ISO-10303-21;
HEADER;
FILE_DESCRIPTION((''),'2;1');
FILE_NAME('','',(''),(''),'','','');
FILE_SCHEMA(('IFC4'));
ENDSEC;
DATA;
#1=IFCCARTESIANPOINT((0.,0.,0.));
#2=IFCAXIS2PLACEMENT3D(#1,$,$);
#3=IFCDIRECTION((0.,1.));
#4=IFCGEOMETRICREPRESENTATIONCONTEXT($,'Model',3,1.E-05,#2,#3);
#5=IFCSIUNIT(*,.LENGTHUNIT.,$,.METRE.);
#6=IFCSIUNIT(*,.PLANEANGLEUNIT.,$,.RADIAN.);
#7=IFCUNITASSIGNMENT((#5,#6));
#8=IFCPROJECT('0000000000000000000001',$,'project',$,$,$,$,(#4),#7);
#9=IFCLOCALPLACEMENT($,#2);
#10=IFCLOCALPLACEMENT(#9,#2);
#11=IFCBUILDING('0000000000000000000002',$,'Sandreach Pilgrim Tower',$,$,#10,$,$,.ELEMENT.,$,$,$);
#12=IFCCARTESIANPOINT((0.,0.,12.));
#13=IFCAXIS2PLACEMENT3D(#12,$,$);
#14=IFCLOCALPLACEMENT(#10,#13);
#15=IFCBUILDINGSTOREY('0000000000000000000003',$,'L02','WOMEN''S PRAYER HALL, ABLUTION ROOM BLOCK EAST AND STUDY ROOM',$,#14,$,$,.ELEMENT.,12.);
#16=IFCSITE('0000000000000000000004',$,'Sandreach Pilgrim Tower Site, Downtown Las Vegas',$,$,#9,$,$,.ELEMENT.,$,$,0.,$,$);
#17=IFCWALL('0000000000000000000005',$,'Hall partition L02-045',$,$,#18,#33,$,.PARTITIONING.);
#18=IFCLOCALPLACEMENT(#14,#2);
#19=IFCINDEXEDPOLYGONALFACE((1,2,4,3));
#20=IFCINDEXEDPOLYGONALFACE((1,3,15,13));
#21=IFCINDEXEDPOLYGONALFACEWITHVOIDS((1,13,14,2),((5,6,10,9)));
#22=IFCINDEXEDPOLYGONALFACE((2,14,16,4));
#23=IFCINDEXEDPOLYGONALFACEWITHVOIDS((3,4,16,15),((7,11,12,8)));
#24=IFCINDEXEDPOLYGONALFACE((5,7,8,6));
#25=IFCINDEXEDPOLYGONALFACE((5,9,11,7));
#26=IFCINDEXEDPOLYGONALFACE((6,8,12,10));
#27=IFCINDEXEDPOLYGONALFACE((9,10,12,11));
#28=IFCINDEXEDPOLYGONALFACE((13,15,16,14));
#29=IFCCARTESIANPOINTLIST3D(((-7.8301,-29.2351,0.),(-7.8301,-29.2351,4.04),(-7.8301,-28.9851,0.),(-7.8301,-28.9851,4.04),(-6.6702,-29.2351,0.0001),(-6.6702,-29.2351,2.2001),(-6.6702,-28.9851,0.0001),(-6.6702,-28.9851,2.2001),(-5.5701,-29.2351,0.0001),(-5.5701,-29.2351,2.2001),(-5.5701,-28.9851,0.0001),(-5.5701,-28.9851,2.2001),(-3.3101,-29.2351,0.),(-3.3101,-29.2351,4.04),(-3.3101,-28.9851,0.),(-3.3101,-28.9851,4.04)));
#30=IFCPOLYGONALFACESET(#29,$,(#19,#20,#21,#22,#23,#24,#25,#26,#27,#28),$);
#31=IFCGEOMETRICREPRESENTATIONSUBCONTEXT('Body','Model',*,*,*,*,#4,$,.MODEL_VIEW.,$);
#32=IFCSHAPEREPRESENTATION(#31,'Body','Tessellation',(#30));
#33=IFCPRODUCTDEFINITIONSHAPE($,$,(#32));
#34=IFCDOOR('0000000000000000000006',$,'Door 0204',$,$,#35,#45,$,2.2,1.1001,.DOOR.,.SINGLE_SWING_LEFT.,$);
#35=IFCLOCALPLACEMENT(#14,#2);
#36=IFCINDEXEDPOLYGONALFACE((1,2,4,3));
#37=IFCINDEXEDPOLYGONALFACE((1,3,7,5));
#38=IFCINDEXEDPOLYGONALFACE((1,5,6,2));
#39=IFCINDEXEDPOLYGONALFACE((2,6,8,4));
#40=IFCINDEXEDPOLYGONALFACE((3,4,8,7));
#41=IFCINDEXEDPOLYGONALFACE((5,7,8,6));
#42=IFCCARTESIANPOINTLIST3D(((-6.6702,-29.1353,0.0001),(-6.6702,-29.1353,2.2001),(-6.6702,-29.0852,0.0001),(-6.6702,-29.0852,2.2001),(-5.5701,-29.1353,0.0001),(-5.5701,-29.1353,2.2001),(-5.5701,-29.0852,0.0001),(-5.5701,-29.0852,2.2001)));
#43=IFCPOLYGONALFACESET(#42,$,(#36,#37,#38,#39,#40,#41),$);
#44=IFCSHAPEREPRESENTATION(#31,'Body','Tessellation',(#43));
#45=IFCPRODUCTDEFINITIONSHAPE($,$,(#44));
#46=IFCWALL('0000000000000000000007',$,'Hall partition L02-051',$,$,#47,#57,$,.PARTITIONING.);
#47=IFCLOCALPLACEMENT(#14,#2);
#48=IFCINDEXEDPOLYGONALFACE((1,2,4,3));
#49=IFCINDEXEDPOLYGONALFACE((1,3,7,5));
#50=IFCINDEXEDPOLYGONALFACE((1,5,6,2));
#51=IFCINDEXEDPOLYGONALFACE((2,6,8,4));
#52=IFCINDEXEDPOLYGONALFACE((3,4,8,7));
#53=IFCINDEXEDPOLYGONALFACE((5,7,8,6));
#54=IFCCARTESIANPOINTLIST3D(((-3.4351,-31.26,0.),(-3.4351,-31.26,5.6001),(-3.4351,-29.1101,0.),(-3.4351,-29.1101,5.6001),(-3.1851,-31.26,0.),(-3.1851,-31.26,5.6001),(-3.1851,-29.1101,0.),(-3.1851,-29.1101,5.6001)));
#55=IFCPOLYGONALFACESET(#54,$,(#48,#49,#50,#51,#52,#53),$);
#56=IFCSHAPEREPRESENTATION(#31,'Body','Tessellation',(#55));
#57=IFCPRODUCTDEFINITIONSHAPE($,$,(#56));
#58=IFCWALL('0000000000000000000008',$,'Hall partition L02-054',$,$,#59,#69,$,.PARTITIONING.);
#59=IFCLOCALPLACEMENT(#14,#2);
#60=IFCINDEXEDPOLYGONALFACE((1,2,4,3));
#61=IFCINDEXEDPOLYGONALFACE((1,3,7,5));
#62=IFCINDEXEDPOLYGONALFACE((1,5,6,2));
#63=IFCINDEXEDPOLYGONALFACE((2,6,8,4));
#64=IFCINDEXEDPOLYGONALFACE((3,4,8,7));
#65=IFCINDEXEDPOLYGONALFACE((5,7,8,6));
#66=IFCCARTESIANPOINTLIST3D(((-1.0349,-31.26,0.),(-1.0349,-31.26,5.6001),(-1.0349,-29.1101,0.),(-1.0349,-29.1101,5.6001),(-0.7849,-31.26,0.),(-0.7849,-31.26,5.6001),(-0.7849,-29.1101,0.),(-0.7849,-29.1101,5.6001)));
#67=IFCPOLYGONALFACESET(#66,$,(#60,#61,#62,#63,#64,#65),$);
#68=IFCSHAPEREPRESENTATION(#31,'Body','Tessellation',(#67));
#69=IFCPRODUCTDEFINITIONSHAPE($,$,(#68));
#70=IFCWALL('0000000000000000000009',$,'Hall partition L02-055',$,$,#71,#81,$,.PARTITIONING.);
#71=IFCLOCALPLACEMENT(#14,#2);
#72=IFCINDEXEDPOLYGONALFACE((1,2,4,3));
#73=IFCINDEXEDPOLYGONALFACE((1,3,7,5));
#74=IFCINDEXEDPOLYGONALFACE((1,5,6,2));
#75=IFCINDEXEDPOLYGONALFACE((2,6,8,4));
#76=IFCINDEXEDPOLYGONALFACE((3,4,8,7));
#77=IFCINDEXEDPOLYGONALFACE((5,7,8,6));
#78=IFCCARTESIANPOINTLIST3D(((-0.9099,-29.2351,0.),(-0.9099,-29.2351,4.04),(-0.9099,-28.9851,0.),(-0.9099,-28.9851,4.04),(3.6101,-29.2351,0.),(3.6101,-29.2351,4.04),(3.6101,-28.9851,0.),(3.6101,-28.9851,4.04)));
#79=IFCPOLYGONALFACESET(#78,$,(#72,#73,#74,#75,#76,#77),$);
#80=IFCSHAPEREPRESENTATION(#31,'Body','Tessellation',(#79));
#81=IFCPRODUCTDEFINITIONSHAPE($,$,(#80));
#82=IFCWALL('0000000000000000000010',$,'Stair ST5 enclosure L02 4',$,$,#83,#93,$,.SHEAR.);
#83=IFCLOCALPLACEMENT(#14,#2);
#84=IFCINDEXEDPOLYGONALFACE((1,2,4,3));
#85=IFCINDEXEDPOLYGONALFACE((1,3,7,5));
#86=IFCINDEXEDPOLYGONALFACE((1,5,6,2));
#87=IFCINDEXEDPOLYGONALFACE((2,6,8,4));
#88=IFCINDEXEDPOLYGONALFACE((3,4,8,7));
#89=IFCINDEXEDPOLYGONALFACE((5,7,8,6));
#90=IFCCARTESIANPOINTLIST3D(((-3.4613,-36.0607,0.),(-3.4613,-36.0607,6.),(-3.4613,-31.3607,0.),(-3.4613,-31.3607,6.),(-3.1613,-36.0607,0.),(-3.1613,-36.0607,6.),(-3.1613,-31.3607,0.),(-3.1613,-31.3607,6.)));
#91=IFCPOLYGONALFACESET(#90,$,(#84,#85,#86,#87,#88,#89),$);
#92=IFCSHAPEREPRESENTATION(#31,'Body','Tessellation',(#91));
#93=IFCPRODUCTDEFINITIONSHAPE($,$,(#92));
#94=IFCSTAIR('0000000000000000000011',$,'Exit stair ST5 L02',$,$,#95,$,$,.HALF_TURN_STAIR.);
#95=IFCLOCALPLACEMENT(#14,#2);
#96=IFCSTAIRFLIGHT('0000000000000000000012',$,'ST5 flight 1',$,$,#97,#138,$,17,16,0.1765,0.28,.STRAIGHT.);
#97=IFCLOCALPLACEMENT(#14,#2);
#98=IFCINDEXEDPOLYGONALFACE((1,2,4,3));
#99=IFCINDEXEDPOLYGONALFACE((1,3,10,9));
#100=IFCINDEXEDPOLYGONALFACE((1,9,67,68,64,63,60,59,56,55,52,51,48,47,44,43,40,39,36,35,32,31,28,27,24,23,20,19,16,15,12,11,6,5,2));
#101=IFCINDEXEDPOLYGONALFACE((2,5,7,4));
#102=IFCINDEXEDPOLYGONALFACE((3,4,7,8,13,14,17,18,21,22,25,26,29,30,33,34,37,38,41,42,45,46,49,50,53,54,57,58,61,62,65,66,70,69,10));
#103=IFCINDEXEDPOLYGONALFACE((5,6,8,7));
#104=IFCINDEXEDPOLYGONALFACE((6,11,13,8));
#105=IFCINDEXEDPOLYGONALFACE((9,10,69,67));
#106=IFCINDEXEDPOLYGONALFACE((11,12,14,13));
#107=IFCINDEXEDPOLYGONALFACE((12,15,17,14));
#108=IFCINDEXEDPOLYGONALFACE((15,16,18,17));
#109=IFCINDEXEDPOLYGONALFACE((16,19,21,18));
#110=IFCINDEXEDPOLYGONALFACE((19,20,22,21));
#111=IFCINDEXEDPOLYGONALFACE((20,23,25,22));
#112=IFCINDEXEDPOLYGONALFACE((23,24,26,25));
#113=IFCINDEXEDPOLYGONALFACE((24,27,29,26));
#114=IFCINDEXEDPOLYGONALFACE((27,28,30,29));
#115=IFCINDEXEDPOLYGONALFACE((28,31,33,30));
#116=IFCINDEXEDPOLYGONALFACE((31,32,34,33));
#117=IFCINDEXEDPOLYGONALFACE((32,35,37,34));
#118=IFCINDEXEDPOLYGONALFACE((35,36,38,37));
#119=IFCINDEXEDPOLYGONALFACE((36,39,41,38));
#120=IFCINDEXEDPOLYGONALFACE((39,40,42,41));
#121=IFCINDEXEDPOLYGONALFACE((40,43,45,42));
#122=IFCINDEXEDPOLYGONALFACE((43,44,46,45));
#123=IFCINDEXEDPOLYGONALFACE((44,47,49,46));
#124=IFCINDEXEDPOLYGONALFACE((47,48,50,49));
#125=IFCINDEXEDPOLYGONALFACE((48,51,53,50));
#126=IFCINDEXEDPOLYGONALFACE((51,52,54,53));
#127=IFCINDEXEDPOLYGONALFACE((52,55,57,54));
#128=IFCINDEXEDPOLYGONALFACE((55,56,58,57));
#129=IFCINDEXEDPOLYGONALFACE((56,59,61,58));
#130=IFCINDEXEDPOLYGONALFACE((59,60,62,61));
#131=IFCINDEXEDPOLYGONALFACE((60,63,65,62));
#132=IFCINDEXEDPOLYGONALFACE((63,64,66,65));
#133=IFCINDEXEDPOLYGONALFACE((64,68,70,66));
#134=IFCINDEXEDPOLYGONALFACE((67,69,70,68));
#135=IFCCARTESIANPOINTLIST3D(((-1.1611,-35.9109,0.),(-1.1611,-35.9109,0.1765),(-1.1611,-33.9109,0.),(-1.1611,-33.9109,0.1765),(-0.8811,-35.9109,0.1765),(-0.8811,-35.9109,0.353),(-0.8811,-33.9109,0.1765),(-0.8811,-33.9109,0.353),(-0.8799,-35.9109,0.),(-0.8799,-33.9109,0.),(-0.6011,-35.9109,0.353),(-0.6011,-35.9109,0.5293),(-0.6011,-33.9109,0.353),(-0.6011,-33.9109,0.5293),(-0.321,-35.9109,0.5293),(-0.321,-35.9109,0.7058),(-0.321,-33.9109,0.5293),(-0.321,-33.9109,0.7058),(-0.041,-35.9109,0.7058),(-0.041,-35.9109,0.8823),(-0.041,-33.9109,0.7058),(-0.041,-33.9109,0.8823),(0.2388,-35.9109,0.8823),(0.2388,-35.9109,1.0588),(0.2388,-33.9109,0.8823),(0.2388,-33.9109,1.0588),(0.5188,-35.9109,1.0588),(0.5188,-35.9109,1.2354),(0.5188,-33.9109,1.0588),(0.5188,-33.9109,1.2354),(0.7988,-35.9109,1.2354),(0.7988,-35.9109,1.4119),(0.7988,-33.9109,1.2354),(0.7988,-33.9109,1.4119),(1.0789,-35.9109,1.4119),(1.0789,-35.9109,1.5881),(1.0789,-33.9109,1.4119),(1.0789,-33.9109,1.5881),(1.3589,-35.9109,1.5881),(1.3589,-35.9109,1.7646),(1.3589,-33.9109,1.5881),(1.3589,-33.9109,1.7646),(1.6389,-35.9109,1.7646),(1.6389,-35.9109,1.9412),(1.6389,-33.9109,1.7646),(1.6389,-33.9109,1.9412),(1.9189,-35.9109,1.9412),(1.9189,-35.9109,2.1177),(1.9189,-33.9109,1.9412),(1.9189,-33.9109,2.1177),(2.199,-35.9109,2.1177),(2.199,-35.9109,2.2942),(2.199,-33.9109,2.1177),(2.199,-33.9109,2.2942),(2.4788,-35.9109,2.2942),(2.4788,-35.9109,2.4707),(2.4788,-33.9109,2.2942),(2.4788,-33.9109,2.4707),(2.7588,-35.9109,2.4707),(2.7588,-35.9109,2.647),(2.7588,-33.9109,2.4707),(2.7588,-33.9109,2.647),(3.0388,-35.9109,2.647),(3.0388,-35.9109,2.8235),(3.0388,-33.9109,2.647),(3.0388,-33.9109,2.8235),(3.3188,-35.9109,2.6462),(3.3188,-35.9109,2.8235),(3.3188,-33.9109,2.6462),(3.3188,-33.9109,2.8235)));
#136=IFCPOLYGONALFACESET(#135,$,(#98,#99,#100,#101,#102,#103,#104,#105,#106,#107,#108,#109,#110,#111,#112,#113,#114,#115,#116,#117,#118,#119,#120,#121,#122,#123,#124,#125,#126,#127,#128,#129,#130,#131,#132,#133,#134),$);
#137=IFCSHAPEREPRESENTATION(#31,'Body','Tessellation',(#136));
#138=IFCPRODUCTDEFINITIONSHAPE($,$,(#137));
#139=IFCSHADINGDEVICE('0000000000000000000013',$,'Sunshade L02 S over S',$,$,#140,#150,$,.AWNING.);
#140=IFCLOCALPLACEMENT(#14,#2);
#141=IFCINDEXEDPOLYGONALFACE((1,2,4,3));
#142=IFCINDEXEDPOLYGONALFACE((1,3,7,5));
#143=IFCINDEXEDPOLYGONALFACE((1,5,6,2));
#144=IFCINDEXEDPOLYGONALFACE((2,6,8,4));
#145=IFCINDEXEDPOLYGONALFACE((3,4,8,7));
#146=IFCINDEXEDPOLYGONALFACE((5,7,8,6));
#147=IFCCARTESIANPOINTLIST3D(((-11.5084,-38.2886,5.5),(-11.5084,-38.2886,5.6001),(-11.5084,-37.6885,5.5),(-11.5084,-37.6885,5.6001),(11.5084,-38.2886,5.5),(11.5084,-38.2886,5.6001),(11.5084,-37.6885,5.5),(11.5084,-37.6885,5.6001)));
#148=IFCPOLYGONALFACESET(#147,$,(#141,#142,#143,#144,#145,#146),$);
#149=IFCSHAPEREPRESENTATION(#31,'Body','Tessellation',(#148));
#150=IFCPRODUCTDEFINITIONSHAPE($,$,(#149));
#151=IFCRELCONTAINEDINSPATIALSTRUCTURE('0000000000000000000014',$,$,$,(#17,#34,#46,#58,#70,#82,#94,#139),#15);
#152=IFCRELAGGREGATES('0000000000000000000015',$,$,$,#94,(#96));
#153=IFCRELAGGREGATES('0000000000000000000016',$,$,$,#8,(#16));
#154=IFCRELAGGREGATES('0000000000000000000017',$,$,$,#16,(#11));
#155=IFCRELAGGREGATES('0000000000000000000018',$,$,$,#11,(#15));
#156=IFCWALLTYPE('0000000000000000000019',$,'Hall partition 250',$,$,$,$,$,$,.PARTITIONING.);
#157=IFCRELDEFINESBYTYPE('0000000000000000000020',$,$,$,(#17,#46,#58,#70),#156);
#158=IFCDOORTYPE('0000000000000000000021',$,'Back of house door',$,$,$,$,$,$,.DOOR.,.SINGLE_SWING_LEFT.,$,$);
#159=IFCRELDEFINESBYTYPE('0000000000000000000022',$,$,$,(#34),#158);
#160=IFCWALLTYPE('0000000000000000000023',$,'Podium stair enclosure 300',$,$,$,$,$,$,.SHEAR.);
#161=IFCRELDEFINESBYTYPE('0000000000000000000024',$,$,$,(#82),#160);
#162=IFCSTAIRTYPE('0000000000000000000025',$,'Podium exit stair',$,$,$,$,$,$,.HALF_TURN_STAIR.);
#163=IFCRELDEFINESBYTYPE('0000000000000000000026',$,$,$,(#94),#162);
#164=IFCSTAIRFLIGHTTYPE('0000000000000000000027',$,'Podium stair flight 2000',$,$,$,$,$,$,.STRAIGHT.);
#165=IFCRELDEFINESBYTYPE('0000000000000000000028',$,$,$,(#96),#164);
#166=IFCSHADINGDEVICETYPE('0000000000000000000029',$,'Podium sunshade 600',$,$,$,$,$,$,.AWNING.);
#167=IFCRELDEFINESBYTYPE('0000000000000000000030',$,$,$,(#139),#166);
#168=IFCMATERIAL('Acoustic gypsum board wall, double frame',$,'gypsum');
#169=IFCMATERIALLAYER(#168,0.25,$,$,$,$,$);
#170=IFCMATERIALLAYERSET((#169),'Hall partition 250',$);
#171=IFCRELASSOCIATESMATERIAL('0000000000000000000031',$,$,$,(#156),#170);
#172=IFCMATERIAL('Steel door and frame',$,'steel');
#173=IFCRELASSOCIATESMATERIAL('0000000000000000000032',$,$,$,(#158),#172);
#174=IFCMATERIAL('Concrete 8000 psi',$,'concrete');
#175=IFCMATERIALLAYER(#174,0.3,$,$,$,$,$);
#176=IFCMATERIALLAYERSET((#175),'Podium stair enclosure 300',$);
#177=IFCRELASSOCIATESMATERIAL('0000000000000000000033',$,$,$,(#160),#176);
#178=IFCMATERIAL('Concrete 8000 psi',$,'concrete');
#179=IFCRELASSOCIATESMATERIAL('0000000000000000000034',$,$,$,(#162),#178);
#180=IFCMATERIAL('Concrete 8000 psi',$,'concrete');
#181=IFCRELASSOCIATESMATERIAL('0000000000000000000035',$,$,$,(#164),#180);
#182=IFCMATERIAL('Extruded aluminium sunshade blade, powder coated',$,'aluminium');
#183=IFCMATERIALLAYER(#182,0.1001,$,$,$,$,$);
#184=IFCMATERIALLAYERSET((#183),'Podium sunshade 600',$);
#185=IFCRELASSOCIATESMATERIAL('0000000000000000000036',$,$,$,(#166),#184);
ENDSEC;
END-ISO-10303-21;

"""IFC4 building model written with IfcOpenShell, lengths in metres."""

from ifc_helpers import new_model, si_unit, direction, frame, frame_2d, origin, origin_2d, place, context, subcontext, project, spatial, polyline, rectangle, outline, extrude, material, layer, layer_set, type_object, element, fill, aggregate, save


model = new_model("IFC4")

# Units and contexts
model_context = context("Model", 3, precision=1e-05, world=origin(), true_north=direction((0.0, 1.0)))
body_context = subcontext(model_context, "Body", "Model", "MODEL_VIEW")
ifc_project = project(units=[si_unit("LENGTHUNIT", "METRE"), si_unit("PLANEANGLEUNIT", "RADIAN")], contexts=[model_context])

# Site, building, storey
site_placement = place(None, origin())
site = spatial("IfcSite", under=ifc_project, at=site_placement, Name="Sandreach Pilgrim Tower Site, Downtown Las Vegas", CompositionType="ELEMENT", RefElevation=0.0)
building_placement = place(site_placement, origin())
building = spatial("IfcBuilding", under=site, at=building_placement, Name="Sandreach Pilgrim Tower", CompositionType="ELEMENT")
storey_placement = place(building_placement, frame((0.0, 0.0, 12.0)))
storey = spatial("IfcBuildingStorey", under=building, at=storey_placement, Name="L02", Description="WOMEN'S PRAYER HALL, ABLUTION ROOM BLOCK EAST AND STUDY ROOM", CompositionType="ELEMENT", Elevation=12.0)

# Shared definitions
ifc_material_1 = material(Name="Acoustic gypsum board wall, double frame", Category="gypsum")
ifc_layer_1 = layer(ifc_material_1, 0.25)
ifc_layer_set_1 = layer_set([ifc_layer_1], Name="Hall partition 250")
wall_type_1 = type_object("IfcWallType", Name="Hall partition 250", PredefinedType="PARTITIONING", material=ifc_layer_set_1)

# Wall, opening, door
wall_1_placement = place(storey_placement, frame((-7.8301, -29.1101, 0.0), z_axis=(0.0, 0.0, 1.0), x_axis=(1.0, 0.0, 0.0)))
wall_1 = element("IfcWall", 1, at=wall_1_placement, inside=storey, type_object=wall_type_1, Name="Hall partition L02-045", PredefinedType="PARTITIONING", context=body_context, shape_type="SweptSolid", body=[
    extrude(rectangle(XDim=4.52, YDim=0.25, at=frame_2d((2.26, 0.0))), origin(), (0.0, 0.0, 1.0), 4.04),
])
opening_1_placement = place(wall_1_placement, frame((1.1599, 0.0, 0.0)))
opening_1 = element("IfcOpeningElement", 2, at=opening_1_placement, cuts=wall_1, PredefinedType="OPENING", context=body_context, shape_type="SweptSolid", body=[
    extrude(rectangle(XDim=1.1001, YDim=2.2, at=frame_2d((0.55, 1.1001))), frame((0.0, 0.125, 0.0), z_axis=(0.0, -1.0, 0.0), x_axis=(1.0, 0.0, 0.0)), (0.0, 0.0, 1.0), 0.25),
])
ifc_material_2 = material(Name="Steel door and frame", Category="steel")
door_type_1 = type_object("IfcDoorType", Name="Back of house door", OperationType="SINGLE_SWING_LEFT", PredefinedType="DOOR", material=ifc_material_2)
door_1_placement = place(opening_1_placement, origin())
door_1 = element("IfcDoor", 3, at=door_1_placement, inside=storey, type_object=door_type_1, Name="Door 0204", OperationType="SINGLE_SWING_LEFT", OverallHeight=2.2, OverallWidth=1.1001, PredefinedType="DOOR", context=body_context, shape_type="SweptSolid", body=[
    extrude(rectangle(XDim=1.1001, YDim=2.2, at=frame_2d((0.55, 1.1001))), frame((0.0, 0.0249, 0.0), z_axis=(0.0, -1.0, 0.0), x_axis=(1.0, 0.0, 0.0)), (0.0, 0.0, 1.0), 0.05),
])
fill(opening_1, door_1)

# Walls
for number, where, z_axis, x_axis, name in (
    (4, (-3.3101, -29.1101, 0.0), (0.0, 0.0, 1.0), (0.0, -1.0, 0.0), "Hall partition L02-051"),
    (5, (-0.9099, -31.26, 0.0), (0.0, 0.0, 1.0), (0.0, 1.0, 0.0), "Hall partition L02-054"),
):
    element("IfcWall", number, at=place(storey_placement, frame(where, z_axis=z_axis, x_axis=x_axis)), inside=storey, type_object=wall_type_1, Name=name, PredefinedType="PARTITIONING", context=body_context, shape_type="SweptSolid", body=[
        extrude(rectangle(XDim=2.1499, YDim=0.25, at=frame_2d((1.075, 0.0))), origin(), (0.0, 0.0, 1.0), 5.6001),
    ])
wall_2_placement = place(storey_placement, frame((-0.9099, -29.1101, 0.0), z_axis=(0.0, 0.0, 1.0), x_axis=(1.0, 0.0, 0.0)))
element("IfcWall", 6, at=wall_2_placement, inside=storey, type_object=wall_type_1, Name="Hall partition L02-055", PredefinedType="PARTITIONING", context=body_context, shape_type="SweptSolid", body=[
    extrude(rectangle(XDim=4.52, YDim=0.25, at=frame_2d((2.26, 0.0))), origin(), (0.0, 0.0, 1.0), 4.04),
])

# Shared definitions
ifc_material_3 = material(Name="Concrete 8000 psi", Category="concrete")
ifc_layer_2 = layer(ifc_material_3, 0.3)
ifc_layer_set_2 = layer_set([ifc_layer_2], Name="Podium stair enclosure 300")
wall_type_2 = type_object("IfcWallType", Name="Podium stair enclosure 300", PredefinedType="SHEAR", material=ifc_layer_set_2)

# Wall
wall_3_placement = place(storey_placement, frame((-3.3113, -36.0608, 0.0), z_axis=(0.0, 0.0, 1.0), x_axis=(0.0, 1.0, 0.0)))
element("IfcWall", 7, at=wall_3_placement, inside=storey, type_object=wall_type_2, Name="Stair ST5 enclosure L02 4", PredefinedType="SHEAR", context=body_context, shape_type="SweptSolid", body=[
    extrude(rectangle(XDim=4.7, YDim=0.3, at=frame_2d((2.3501, 0.0))), origin(), (0.0, 0.0, 1.0), 6.0),
])

# Stair, stair flight
ifc_material_4 = material(Name="Concrete 8000 psi", Category="concrete")
stair_type = type_object("IfcStairType", Name="Podium exit stair", PredefinedType="HALF_TURN_STAIR", material=ifc_material_4)
stair_placement = place(storey_placement, origin())
stair = element("IfcStair", 8, at=stair_placement, inside=storey, type_object=stair_type, Name="Exit stair ST5 L02", PredefinedType="HALF_TURN_STAIR")
ifc_material_5 = material(Name="Concrete 8000 psi", Category="concrete")
stair_flight_type = type_object("IfcStairFlightType", Name="Podium stair flight 2000", PredefinedType="STRAIGHT", material=ifc_material_5)
stair_flight_placement = place(storey_placement, frame((-1.1611, -34.9109, 0.0), z_axis=(0.0, 0.0, 1.0), x_axis=(1.0, 0.0, 0.0)))
stair_flight = element("IfcStairFlight", 9, at=stair_flight_placement, type_object=stair_flight_type, Name="ST5 flight 1", NumberOfRisers=17, NumberOfTreads=16, PredefinedType="STRAIGHT", RiserHeight=0.1765, TreadLength=0.28, context=body_context, shape_type="SweptSolid", body=[
    extrude(outline(polyline([(0.0, 0.0), (0.0, 0.1765), (0.28, 0.1765), (0.28, 0.353), (0.5601, 0.353), (0.5601, 0.5293), (0.8401, 0.5293), (0.8401, 0.7058), (1.1201, 0.7058), (1.1201, 0.8823), (1.3999, 0.8823), (1.3999, 1.0588), (1.6799, 1.0588), (1.6799, 1.2354), (1.96, 1.2354), (1.96, 1.4119), (2.24, 1.4119), (2.24, 1.5881), (2.52, 1.5881), (2.52, 1.7646), (2.8, 1.7646), (2.8, 1.9412), (3.0801, 1.9412), (3.0801, 2.1177), (3.3601, 2.1177), (3.3601, 2.2942), (3.6399, 2.2942), (3.6399, 2.4707), (3.9199, 2.4707), (3.9199, 2.647), (4.2, 2.647), (4.2, 2.8235), (4.48, 2.8235), (4.48, 3.0), (4.48, 2.6462), (0.2812, 0.0), (0.0, 0.0)])), frame((0.0, 1.0, 0.0), z_axis=(0.0, -1.0, 0.0), x_axis=(1.0, 0.0, 0.0)), (0.0, 0.0, 1.0), 2.0),
])
aggregate(stair, [stair_flight])

# Shading device
ifc_material_6 = material(Name="Extruded aluminium sunshade blade, powder coated", Category="aluminium")
ifc_layer_3 = layer(ifc_material_6, 0.1001)
ifc_layer_set_3 = layer_set([ifc_layer_3], Name="Podium sunshade 600")
shading_device_type = type_object("IfcShadingDeviceType", Name="Podium sunshade 600", PredefinedType="AWNING", material=ifc_layer_set_3)
shading_device_placement = place(storey_placement, frame((0.0, -37.9885, 5.5), z_axis=(0.0, 0.0, 1.0), x_axis=(-1.0, 0.0, 0.0)))
element("IfcShadingDevice", 10, at=shading_device_placement, inside=storey, type_object=shading_device_type, Name="Sunshade L02 S over S", PredefinedType="AWNING", context=body_context, shape_type="SweptSolid", body=[
    extrude(rectangle(XDim=23.0168, YDim=0.6001, at=origin_2d()), origin(), (0.0, 0.0, 1.0), 0.1001),
])

save(model, "model.ifc")
